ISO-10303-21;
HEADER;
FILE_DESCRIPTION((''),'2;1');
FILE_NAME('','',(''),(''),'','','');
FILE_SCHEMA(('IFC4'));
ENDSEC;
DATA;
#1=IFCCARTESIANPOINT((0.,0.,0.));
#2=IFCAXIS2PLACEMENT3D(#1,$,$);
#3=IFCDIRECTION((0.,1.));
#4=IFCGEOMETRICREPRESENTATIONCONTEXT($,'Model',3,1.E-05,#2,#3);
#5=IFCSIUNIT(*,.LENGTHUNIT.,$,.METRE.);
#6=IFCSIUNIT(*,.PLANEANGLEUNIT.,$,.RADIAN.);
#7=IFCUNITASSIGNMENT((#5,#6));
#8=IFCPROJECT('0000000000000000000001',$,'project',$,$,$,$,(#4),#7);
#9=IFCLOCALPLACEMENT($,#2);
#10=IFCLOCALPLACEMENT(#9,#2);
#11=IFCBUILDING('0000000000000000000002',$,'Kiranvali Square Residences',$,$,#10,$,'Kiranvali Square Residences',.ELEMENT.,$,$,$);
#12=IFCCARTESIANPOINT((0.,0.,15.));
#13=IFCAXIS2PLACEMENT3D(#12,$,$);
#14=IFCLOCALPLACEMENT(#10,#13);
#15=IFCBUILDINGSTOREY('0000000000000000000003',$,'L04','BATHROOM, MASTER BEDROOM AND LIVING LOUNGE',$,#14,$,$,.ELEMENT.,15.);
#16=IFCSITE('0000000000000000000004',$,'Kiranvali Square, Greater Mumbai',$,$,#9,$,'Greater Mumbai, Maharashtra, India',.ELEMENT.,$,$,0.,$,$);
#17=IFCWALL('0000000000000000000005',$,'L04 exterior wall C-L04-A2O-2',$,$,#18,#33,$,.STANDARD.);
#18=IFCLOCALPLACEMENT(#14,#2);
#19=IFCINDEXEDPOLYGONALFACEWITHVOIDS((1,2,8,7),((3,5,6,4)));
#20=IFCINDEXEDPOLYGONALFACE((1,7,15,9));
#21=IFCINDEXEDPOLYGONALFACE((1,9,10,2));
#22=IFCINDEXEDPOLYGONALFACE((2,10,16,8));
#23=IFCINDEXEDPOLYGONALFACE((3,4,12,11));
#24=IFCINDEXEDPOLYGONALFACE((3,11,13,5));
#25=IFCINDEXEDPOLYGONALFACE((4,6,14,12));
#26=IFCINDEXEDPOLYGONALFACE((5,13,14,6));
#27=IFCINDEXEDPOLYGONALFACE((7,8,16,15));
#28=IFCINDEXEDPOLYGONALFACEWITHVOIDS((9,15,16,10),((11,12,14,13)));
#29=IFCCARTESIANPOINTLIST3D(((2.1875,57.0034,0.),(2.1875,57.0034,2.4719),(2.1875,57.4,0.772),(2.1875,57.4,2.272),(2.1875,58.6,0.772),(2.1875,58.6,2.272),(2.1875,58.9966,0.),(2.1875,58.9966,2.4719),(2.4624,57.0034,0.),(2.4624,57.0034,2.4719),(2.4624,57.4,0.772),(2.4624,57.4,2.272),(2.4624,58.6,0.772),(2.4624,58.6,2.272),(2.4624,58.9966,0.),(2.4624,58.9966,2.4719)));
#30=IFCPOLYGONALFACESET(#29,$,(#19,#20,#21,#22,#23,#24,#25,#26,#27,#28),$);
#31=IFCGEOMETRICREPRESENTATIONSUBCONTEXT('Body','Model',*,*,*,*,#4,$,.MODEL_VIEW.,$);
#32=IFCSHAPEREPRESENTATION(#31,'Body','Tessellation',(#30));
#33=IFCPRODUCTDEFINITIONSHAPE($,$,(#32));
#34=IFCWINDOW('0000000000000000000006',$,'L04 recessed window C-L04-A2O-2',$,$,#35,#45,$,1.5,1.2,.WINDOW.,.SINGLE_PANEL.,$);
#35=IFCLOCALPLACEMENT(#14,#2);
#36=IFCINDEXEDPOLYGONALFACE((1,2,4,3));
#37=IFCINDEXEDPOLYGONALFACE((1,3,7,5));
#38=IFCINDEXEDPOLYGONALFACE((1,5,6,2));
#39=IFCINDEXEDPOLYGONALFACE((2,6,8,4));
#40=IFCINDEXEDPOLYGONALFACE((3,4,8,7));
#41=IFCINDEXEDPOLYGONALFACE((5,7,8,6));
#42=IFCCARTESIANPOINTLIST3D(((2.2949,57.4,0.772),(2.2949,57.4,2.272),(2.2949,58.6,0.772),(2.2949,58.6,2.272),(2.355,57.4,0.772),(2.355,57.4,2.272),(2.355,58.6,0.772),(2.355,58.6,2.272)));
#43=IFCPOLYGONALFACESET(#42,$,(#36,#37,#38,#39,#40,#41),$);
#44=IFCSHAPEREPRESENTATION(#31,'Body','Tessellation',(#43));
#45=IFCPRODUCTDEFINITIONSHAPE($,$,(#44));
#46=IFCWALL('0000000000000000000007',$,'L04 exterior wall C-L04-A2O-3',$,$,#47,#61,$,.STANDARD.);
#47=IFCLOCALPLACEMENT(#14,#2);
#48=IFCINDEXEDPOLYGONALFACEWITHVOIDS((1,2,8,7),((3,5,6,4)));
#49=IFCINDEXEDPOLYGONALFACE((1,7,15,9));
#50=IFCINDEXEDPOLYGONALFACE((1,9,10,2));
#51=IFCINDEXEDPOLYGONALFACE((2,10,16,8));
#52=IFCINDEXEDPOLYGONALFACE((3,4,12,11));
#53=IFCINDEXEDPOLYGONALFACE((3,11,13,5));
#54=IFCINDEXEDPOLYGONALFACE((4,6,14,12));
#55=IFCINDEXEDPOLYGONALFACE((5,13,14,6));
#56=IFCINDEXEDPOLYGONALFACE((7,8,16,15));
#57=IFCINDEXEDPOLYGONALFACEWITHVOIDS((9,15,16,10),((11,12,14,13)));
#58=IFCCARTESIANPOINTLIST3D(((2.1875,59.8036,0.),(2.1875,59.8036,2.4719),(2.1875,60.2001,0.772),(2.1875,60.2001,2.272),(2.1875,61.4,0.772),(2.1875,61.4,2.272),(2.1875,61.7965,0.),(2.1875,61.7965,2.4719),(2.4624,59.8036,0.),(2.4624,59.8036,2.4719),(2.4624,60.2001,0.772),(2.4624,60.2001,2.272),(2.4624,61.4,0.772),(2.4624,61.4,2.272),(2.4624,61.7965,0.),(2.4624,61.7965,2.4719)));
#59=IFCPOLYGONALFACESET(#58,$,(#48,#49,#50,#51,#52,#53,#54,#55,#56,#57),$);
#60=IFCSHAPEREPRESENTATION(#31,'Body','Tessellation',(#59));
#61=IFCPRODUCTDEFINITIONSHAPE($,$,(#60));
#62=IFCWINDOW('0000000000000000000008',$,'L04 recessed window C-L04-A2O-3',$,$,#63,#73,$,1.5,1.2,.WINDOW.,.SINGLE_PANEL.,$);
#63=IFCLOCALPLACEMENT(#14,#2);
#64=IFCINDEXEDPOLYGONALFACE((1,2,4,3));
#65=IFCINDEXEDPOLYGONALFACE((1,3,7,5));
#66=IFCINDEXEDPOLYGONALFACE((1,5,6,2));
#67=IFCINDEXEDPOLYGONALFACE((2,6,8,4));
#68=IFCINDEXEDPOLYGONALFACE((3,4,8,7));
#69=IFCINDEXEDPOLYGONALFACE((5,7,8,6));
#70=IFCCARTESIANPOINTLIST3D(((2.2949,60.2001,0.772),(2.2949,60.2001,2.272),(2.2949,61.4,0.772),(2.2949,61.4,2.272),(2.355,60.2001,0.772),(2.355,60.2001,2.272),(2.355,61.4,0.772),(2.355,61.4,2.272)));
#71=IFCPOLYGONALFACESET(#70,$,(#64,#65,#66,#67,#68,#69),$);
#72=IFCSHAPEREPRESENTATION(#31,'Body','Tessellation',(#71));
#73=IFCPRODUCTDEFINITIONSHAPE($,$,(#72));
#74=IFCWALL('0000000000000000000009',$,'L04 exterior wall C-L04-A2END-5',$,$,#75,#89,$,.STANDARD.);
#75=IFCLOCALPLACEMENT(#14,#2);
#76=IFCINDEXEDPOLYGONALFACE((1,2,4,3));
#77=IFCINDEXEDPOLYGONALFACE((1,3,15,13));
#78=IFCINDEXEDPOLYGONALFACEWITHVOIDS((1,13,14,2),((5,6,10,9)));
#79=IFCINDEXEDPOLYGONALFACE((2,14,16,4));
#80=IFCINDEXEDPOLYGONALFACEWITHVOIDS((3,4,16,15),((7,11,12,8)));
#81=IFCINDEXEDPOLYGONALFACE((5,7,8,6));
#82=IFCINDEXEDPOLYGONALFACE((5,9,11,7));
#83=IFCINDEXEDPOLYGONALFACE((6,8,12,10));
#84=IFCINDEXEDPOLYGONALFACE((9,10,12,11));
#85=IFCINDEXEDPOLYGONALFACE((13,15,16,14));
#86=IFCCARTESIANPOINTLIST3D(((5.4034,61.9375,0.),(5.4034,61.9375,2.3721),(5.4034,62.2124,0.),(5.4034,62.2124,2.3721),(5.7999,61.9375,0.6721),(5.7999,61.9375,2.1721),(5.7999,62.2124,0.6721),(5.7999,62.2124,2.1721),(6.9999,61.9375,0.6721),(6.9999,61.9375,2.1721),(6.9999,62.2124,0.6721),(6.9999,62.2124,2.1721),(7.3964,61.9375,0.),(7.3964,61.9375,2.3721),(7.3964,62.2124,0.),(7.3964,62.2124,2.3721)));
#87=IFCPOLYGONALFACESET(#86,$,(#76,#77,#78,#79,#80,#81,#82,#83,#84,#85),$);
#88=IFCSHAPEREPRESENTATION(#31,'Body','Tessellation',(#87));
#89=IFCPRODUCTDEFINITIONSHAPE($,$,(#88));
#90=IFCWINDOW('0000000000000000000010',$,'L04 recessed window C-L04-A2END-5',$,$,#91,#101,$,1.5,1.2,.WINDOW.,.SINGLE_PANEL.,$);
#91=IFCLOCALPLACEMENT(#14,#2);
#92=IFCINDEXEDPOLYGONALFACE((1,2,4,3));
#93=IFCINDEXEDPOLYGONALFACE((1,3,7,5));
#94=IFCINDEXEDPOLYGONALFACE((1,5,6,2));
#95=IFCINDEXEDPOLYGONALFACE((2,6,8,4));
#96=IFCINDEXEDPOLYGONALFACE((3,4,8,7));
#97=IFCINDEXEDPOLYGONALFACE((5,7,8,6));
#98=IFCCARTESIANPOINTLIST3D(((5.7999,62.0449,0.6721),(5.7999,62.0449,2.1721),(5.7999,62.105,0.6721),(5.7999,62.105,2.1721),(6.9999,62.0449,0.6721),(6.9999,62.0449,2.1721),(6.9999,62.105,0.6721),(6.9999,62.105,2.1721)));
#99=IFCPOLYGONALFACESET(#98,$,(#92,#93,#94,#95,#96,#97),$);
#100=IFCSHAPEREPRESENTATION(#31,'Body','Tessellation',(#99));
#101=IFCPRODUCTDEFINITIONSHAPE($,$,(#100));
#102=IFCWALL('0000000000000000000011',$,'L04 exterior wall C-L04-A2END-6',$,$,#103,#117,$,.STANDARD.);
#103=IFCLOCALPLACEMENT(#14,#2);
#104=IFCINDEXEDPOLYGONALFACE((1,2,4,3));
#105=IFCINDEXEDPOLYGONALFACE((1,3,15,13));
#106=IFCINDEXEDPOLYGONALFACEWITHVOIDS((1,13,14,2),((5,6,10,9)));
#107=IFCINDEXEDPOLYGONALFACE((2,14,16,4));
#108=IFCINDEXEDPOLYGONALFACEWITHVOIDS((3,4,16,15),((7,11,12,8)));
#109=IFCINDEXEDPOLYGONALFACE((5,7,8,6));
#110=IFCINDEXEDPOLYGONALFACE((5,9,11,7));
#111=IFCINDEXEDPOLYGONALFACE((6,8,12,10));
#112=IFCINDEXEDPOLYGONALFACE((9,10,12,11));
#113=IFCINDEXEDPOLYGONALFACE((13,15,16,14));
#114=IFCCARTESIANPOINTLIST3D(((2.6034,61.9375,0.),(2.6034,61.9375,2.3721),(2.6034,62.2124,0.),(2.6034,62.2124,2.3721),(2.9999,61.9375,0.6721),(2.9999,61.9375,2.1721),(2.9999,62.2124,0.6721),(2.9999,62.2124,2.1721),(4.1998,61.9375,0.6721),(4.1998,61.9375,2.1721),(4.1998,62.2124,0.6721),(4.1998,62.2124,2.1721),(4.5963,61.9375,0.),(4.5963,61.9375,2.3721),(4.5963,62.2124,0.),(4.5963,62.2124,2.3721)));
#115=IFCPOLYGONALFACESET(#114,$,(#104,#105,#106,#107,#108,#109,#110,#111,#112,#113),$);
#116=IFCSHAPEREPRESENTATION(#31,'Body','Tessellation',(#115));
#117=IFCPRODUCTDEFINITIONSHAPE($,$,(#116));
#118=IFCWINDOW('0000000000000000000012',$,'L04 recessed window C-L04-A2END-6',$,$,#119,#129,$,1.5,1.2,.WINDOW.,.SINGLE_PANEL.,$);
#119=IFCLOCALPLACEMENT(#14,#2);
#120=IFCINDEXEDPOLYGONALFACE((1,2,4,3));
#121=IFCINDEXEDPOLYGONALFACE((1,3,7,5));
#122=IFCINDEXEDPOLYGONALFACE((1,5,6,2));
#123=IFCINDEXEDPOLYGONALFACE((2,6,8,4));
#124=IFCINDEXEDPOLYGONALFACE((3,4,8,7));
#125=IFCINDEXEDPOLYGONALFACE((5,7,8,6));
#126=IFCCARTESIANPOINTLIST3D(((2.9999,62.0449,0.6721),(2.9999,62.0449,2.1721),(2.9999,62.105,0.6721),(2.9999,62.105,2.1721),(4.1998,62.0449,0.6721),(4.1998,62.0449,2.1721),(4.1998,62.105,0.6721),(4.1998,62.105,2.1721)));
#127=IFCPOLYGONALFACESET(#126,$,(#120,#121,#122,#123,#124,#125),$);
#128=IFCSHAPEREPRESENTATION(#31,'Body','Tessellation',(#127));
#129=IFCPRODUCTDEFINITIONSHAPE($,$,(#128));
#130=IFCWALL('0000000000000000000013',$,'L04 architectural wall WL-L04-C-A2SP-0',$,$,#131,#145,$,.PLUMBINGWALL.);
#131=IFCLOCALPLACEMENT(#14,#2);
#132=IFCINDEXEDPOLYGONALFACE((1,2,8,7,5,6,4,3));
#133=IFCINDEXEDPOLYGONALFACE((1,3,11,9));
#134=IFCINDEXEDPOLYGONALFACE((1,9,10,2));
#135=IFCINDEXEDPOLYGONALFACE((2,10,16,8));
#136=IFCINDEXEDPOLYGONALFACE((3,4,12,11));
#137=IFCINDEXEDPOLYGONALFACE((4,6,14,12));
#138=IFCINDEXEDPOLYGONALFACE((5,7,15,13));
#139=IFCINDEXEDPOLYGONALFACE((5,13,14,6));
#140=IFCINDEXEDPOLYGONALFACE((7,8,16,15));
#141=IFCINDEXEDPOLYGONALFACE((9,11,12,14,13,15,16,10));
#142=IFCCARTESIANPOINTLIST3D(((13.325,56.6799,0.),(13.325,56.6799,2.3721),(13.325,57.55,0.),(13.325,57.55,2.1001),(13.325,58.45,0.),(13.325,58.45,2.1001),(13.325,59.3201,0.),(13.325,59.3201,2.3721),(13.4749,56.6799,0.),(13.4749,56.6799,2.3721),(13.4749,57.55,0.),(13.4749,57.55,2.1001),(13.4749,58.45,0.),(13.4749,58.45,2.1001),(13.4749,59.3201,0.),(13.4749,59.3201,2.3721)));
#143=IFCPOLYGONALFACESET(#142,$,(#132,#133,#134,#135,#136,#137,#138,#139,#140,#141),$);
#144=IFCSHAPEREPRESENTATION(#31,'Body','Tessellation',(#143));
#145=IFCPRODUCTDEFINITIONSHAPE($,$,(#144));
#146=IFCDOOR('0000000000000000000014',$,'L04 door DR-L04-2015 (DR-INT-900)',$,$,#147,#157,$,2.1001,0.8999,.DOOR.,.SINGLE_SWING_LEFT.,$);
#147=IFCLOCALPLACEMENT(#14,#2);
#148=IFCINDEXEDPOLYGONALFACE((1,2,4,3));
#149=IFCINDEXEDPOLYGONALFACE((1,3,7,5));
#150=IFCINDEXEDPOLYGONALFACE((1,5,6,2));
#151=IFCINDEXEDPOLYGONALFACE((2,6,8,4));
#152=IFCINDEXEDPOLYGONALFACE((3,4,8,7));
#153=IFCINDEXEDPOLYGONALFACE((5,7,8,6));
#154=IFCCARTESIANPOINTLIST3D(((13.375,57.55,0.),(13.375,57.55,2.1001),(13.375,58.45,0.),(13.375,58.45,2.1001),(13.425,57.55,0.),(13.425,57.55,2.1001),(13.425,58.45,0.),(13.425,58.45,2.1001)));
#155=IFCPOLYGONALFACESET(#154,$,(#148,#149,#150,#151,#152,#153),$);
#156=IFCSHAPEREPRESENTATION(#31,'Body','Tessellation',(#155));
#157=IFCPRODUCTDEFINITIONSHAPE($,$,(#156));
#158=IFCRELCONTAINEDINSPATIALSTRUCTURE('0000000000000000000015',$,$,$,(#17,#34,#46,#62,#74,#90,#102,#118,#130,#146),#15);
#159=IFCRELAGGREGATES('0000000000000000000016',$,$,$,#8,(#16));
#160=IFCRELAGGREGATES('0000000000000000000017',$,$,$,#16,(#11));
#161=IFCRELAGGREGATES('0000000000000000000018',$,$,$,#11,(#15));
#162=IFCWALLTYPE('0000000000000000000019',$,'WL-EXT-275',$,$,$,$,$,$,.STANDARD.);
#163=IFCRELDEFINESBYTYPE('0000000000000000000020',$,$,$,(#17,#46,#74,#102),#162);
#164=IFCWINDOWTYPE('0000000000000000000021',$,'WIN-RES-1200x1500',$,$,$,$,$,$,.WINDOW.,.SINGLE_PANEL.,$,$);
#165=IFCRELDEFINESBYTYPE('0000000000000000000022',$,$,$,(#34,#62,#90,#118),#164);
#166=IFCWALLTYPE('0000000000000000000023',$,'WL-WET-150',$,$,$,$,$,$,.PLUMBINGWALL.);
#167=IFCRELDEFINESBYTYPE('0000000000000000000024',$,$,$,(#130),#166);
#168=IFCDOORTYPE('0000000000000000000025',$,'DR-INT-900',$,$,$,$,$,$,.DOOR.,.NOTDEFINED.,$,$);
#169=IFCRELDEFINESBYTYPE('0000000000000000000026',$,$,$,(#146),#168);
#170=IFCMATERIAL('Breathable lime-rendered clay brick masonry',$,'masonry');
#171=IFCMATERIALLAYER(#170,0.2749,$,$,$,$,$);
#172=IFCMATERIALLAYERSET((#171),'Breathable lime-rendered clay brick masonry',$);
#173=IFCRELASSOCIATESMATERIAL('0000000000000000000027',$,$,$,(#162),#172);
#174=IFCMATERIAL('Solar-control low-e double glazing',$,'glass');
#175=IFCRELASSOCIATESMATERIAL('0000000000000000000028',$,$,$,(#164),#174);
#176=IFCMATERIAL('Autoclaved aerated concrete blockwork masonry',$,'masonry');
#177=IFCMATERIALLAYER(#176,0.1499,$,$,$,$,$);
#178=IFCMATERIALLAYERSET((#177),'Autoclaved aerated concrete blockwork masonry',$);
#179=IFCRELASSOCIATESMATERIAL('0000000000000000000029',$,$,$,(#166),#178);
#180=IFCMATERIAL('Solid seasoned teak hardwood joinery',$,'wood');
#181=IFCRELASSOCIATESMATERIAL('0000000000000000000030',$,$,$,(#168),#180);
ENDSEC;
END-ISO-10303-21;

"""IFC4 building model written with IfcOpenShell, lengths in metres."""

from ifc_helpers import new_model, si_unit, direction, frame, frame_2d, origin, place, context, subcontext, project, spatial, rectangle, extrude, material, layer, layer_set, type_object, element, fill, save


model = new_model("IFC4")

# Units and contexts
model_context = context("Model", 3, precision=1e-05, world=origin(), true_north=direction((0.0, 1.0)))
body_context = subcontext(model_context, "Body", "Model", "MODEL_VIEW")
ifc_project = project(units=[si_unit("LENGTHUNIT", "METRE"), si_unit("PLANEANGLEUNIT", "RADIAN")], contexts=[model_context])

# Site, building, storey
site_placement = place(None, origin())
site = spatial("IfcSite", under=ifc_project, at=site_placement, Name="Kiranvali Square, Greater Mumbai", LongName="Greater Mumbai, Maharashtra, India", CompositionType="ELEMENT", RefElevation=0.0)
building_placement = place(site_placement, origin())
building = spatial("IfcBuilding", under=site, at=building_placement, Name="Kiranvali Square Residences", LongName="Kiranvali Square Residences", CompositionType="ELEMENT")
storey_placement = place(building_placement, frame((0.0, 0.0, 15.0)))
storey = spatial("IfcBuildingStorey", under=building, at=storey_placement, Name="L04", Description="BATHROOM, MASTER BEDROOM AND LIVING LOUNGE", CompositionType="ELEMENT", Elevation=15.0)

# Walls, openings, windows
ifc_material_1 = material(Name="Breathable lime-rendered clay brick masonry", Category="masonry")
ifc_layer_1 = layer(ifc_material_1, 0.2749)
ifc_layer_set_1 = layer_set([ifc_layer_1], Name="Breathable lime-rendered clay brick masonry")
wall_type_1 = type_object("IfcWallType", Name="WL-EXT-275", PredefinedType="STANDARD", material=ifc_layer_set_1)
wall_1_placement = place(storey_placement, frame((2.325, 57.0034, 0.0), z_axis=(0.0, 0.0, 1.0), x_axis=(0.0, 1.0, 0.0)))
wall_1 = element("IfcWall", 1, at=wall_1_placement, inside=storey, type_object=wall_type_1, Name="L04 exterior wall C-L04-A2O-2", PredefinedType="STANDARD", context=body_context, shape_type="SweptSolid", body=[
    extrude(rectangle(XDim=1.9932, YDim=0.2749, at=frame_2d((0.9966, 0.0))), origin(), (0.0, 0.0, 1.0), 2.4719),
])
opening_1_placement = place(wall_1_placement, frame((0.3965, 0.0, 0.772)))
opening_1 = element("IfcOpeningElement", 2, at=opening_1_placement, cuts=wall_1, PredefinedType="OPENING", context=body_context, shape_type="SweptSolid", body=[
    extrude(rectangle(XDim=1.2, YDim=1.5, at=frame_2d((0.6001, 0.75))), frame((0.0, 0.1475, 0.0), z_axis=(0.0, -1.0, 0.0), x_axis=(1.0, 0.0, 0.0)), (0.0, 0.0, 1.0), 0.2949),
])
ifc_material_2 = material(Name="Solar-control low-e double glazing", Category="glass")
window_type = type_object("IfcWindowType", Name="WIN-RES-1200x1500", PartitioningType="SINGLE_PANEL", PredefinedType="WINDOW", material=ifc_material_2)
window_1_placement = place(opening_1_placement, origin())
window_1 = element("IfcWindow", 3, at=window_1_placement, inside=storey, type_object=window_type, Name="L04 recessed window C-L04-A2O-2", OverallHeight=1.5, OverallWidth=1.2, PartitioningType="SINGLE_PANEL", PredefinedType="WINDOW", context=body_context, shape_type="SweptSolid", body=[
    extrude(rectangle(XDim=1.2, YDim=1.5, at=frame_2d((0.6001, 0.75))), frame((0.0, 0.03, 0.0), z_axis=(0.0, -1.0, 0.0), x_axis=(1.0, 0.0, 0.0)), (0.0, 0.0, 1.0), 0.0601),
])
fill(opening_1, window_1)
wall_2_placement = place(storey_placement, frame((2.325, 59.8035, 0.0), z_axis=(0.0, 0.0, 1.0), x_axis=(0.0, 1.0, 0.0)))
wall_2 = element("IfcWall", 4, at=wall_2_placement, inside=storey, type_object=wall_type_1, Name="L04 exterior wall C-L04-A2O-3", PredefinedType="STANDARD", context=body_context, shape_type="SweptSolid", body=[
    extrude(rectangle(XDim=1.9929, YDim=0.2749, at=frame_2d((0.9966, 0.0))), origin(), (0.0, 0.0, 1.0), 2.4719),
])
opening_2_placement = place(wall_2_placement, frame((0.3965, 0.0, 0.772)))
opening_2 = element("IfcOpeningElement", 5, at=opening_2_placement, cuts=wall_2, PredefinedType="OPENING", context=body_context, shape_type="SweptSolid", body=[
    extrude(rectangle(XDim=1.2, YDim=1.5, at=frame_2d((0.6001, 0.75))), frame((0.0, 0.1475, 0.0), z_axis=(0.0, -1.0, 0.0), x_axis=(1.0, 0.0, 0.0)), (0.0, 0.0, 1.0), 0.2949),
])
window_2_placement = place(opening_2_placement, origin())
window_2 = element("IfcWindow", 6, at=window_2_placement, inside=storey, type_object=window_type, Name="L04 recessed window C-L04-A2O-3", OverallHeight=1.5, OverallWidth=1.2, PartitioningType="SINGLE_PANEL", PredefinedType="WINDOW", context=body_context, shape_type="SweptSolid", body=[
    extrude(rectangle(XDim=1.2, YDim=1.5, at=frame_2d((0.6001, 0.75))), frame((0.0, 0.03, 0.0), z_axis=(0.0, -1.0, 0.0), x_axis=(1.0, 0.0, 0.0)), (0.0, 0.0, 1.0), 0.0601),
])
fill(opening_2, window_2)
wall_3_placement = place(storey_placement, frame((7.3965, 62.075, 0.0), z_axis=(0.0, 0.0, 1.0), x_axis=(-1.0, 0.0, 0.0)))
wall_3 = element("IfcWall", 7, at=wall_3_placement, inside=storey, type_object=wall_type_1, Name="L04 exterior wall C-L04-A2END-5", PredefinedType="STANDARD", context=body_context, shape_type="SweptSolid", body=[
    extrude(rectangle(XDim=1.9929, YDim=0.2749, at=frame_2d((0.9966, 0.0))), origin(), (0.0, 0.0, 1.0), 2.3721),
])
opening_3_placement = place(wall_3_placement, frame((0.3965, 0.0, 0.6721)))
opening_3 = element("IfcOpeningElement", 8, at=opening_3_placement, cuts=wall_3, PredefinedType="OPENING", context=body_context, shape_type="SweptSolid", body=[
    extrude(rectangle(XDim=1.2, YDim=1.5, at=frame_2d((0.6001, 0.75))), frame((0.0, 0.1475, 0.0), z_axis=(0.0, -1.0, 0.0), x_axis=(1.0, 0.0, 0.0)), (0.0, 0.0, 1.0), 0.2949),
])
window_3_placement = place(opening_3_placement, origin())
window_3 = element("IfcWindow", 9, at=window_3_placement, inside=storey, type_object=window_type, Name="L04 recessed window C-L04-A2END-5", OverallHeight=1.5, OverallWidth=1.2, PartitioningType="SINGLE_PANEL", PredefinedType="WINDOW", context=body_context, shape_type="SweptSolid", body=[
    extrude(rectangle(XDim=1.2, YDim=1.5, at=frame_2d((0.6001, 0.75))), frame((0.0, 0.03, 0.0), z_axis=(0.0, -1.0, 0.0), x_axis=(1.0, 0.0, 0.0)), (0.0, 0.0, 1.0), 0.0601),
])
fill(opening_3, window_3)
wall_4_placement = place(storey_placement, frame((4.5964, 62.075, 0.0), z_axis=(0.0, 0.0, 1.0), x_axis=(-1.0, 0.0, 0.0)))
wall_4 = element("IfcWall", 10, at=wall_4_placement, inside=storey, type_object=wall_type_1, Name="L04 exterior wall C-L04-A2END-6", PredefinedType="STANDARD", context=body_context, shape_type="SweptSolid", body=[
    extrude(rectangle(XDim=1.9929, YDim=0.2749, at=frame_2d((0.9966, 0.0))), origin(), (0.0, 0.0, 1.0), 2.3721),
])
opening_4_placement = place(wall_4_placement, frame((0.3965, 0.0, 0.6721)))
opening_4 = element("IfcOpeningElement", 11, at=opening_4_placement, cuts=wall_4, PredefinedType="OPENING", context=body_context, shape_type="SweptSolid", body=[
    extrude(rectangle(XDim=1.2, YDim=1.5, at=frame_2d((0.6001, 0.75))), frame((0.0, 0.1475, 0.0), z_axis=(0.0, -1.0, 0.0), x_axis=(1.0, 0.0, 0.0)), (0.0, 0.0, 1.0), 0.2949),
])
window_4_placement = place(opening_4_placement, origin())
window_4 = element("IfcWindow", 12, at=window_4_placement, inside=storey, type_object=window_type, Name="L04 recessed window C-L04-A2END-6", OverallHeight=1.5, OverallWidth=1.2, PartitioningType="SINGLE_PANEL", PredefinedType="WINDOW", context=body_context, shape_type="SweptSolid", body=[
    extrude(rectangle(XDim=1.2, YDim=1.5, at=frame_2d((0.6001, 0.75))), frame((0.0, 0.03, 0.0), z_axis=(0.0, -1.0, 0.0), x_axis=(1.0, 0.0, 0.0)), (0.0, 0.0, 1.0), 0.0601),
])
fill(opening_4, window_4)

# Wall, opening, door
ifc_material_3 = material(Name="Autoclaved aerated concrete blockwork masonry", Category="masonry")
ifc_layer_2 = layer(ifc_material_3, 0.1499)
ifc_layer_set_2 = layer_set([ifc_layer_2], Name="Autoclaved aerated concrete blockwork masonry")
wall_type_2 = type_object("IfcWallType", Name="WL-WET-150", PredefinedType="PLUMBINGWALL", material=ifc_layer_set_2)
wall_5_placement = place(storey_placement, frame((13.3999, 56.6799, 0.0), z_axis=(0.0, 0.0, 1.0), x_axis=(0.0, 1.0, 0.0)))
wall_5 = element("IfcWall", 13, at=wall_5_placement, inside=storey, type_object=wall_type_2, Name="L04 architectural wall WL-L04-C-A2SP-0", PredefinedType="PLUMBINGWALL", context=body_context, shape_type="SweptSolid", body=[
    extrude(rectangle(XDim=2.6401, YDim=0.1499, at=frame_2d((1.3201, 0.0))), origin(), (0.0, 0.0, 1.0), 2.3721),
])
opening_5_placement = place(wall_5_placement, frame((0.8701, 0.0, 0.0)))
opening_5 = element("IfcOpeningElement", 14, at=opening_5_placement, cuts=wall_5, PredefinedType="OPENING", context=body_context, shape_type="SweptSolid", body=[
    extrude(rectangle(XDim=0.8999, YDim=2.1001, at=frame_2d((0.45, 1.05))), frame((0.0, 0.085, 0.0), z_axis=(0.0, -1.0, 0.0), x_axis=(1.0, 0.0, 0.0)), (0.0, 0.0, 1.0), 0.1699),
])
ifc_material_4 = material(Name="Solid seasoned teak hardwood joinery", Category="wood")
door_type = type_object("IfcDoorType", Name="DR-INT-900", OperationType="NOTDEFINED", PredefinedType="DOOR", material=ifc_material_4)
door_placement = place(opening_5_placement, origin())
door = element("IfcDoor", 15, at=door_placement, inside=storey, type_object=door_type, Name="L04 door DR-L04-2015 (DR-INT-900)", OperationType="SINGLE_SWING_LEFT", OverallHeight=2.1001, OverallWidth=0.8999, PredefinedType="DOOR", context=body_context, shape_type="SweptSolid", body=[
    extrude(rectangle(XDim=0.8999, YDim=2.1001, at=frame_2d((0.45, 1.05))), frame((0.0, 0.0249, 0.0), z_axis=(0.0, -1.0, 0.0), x_axis=(1.0, 0.0, 0.0)), (0.0, 0.0, 1.0), 0.05),
])
fill(opening_5, door)

save(model, "model.ifc")
